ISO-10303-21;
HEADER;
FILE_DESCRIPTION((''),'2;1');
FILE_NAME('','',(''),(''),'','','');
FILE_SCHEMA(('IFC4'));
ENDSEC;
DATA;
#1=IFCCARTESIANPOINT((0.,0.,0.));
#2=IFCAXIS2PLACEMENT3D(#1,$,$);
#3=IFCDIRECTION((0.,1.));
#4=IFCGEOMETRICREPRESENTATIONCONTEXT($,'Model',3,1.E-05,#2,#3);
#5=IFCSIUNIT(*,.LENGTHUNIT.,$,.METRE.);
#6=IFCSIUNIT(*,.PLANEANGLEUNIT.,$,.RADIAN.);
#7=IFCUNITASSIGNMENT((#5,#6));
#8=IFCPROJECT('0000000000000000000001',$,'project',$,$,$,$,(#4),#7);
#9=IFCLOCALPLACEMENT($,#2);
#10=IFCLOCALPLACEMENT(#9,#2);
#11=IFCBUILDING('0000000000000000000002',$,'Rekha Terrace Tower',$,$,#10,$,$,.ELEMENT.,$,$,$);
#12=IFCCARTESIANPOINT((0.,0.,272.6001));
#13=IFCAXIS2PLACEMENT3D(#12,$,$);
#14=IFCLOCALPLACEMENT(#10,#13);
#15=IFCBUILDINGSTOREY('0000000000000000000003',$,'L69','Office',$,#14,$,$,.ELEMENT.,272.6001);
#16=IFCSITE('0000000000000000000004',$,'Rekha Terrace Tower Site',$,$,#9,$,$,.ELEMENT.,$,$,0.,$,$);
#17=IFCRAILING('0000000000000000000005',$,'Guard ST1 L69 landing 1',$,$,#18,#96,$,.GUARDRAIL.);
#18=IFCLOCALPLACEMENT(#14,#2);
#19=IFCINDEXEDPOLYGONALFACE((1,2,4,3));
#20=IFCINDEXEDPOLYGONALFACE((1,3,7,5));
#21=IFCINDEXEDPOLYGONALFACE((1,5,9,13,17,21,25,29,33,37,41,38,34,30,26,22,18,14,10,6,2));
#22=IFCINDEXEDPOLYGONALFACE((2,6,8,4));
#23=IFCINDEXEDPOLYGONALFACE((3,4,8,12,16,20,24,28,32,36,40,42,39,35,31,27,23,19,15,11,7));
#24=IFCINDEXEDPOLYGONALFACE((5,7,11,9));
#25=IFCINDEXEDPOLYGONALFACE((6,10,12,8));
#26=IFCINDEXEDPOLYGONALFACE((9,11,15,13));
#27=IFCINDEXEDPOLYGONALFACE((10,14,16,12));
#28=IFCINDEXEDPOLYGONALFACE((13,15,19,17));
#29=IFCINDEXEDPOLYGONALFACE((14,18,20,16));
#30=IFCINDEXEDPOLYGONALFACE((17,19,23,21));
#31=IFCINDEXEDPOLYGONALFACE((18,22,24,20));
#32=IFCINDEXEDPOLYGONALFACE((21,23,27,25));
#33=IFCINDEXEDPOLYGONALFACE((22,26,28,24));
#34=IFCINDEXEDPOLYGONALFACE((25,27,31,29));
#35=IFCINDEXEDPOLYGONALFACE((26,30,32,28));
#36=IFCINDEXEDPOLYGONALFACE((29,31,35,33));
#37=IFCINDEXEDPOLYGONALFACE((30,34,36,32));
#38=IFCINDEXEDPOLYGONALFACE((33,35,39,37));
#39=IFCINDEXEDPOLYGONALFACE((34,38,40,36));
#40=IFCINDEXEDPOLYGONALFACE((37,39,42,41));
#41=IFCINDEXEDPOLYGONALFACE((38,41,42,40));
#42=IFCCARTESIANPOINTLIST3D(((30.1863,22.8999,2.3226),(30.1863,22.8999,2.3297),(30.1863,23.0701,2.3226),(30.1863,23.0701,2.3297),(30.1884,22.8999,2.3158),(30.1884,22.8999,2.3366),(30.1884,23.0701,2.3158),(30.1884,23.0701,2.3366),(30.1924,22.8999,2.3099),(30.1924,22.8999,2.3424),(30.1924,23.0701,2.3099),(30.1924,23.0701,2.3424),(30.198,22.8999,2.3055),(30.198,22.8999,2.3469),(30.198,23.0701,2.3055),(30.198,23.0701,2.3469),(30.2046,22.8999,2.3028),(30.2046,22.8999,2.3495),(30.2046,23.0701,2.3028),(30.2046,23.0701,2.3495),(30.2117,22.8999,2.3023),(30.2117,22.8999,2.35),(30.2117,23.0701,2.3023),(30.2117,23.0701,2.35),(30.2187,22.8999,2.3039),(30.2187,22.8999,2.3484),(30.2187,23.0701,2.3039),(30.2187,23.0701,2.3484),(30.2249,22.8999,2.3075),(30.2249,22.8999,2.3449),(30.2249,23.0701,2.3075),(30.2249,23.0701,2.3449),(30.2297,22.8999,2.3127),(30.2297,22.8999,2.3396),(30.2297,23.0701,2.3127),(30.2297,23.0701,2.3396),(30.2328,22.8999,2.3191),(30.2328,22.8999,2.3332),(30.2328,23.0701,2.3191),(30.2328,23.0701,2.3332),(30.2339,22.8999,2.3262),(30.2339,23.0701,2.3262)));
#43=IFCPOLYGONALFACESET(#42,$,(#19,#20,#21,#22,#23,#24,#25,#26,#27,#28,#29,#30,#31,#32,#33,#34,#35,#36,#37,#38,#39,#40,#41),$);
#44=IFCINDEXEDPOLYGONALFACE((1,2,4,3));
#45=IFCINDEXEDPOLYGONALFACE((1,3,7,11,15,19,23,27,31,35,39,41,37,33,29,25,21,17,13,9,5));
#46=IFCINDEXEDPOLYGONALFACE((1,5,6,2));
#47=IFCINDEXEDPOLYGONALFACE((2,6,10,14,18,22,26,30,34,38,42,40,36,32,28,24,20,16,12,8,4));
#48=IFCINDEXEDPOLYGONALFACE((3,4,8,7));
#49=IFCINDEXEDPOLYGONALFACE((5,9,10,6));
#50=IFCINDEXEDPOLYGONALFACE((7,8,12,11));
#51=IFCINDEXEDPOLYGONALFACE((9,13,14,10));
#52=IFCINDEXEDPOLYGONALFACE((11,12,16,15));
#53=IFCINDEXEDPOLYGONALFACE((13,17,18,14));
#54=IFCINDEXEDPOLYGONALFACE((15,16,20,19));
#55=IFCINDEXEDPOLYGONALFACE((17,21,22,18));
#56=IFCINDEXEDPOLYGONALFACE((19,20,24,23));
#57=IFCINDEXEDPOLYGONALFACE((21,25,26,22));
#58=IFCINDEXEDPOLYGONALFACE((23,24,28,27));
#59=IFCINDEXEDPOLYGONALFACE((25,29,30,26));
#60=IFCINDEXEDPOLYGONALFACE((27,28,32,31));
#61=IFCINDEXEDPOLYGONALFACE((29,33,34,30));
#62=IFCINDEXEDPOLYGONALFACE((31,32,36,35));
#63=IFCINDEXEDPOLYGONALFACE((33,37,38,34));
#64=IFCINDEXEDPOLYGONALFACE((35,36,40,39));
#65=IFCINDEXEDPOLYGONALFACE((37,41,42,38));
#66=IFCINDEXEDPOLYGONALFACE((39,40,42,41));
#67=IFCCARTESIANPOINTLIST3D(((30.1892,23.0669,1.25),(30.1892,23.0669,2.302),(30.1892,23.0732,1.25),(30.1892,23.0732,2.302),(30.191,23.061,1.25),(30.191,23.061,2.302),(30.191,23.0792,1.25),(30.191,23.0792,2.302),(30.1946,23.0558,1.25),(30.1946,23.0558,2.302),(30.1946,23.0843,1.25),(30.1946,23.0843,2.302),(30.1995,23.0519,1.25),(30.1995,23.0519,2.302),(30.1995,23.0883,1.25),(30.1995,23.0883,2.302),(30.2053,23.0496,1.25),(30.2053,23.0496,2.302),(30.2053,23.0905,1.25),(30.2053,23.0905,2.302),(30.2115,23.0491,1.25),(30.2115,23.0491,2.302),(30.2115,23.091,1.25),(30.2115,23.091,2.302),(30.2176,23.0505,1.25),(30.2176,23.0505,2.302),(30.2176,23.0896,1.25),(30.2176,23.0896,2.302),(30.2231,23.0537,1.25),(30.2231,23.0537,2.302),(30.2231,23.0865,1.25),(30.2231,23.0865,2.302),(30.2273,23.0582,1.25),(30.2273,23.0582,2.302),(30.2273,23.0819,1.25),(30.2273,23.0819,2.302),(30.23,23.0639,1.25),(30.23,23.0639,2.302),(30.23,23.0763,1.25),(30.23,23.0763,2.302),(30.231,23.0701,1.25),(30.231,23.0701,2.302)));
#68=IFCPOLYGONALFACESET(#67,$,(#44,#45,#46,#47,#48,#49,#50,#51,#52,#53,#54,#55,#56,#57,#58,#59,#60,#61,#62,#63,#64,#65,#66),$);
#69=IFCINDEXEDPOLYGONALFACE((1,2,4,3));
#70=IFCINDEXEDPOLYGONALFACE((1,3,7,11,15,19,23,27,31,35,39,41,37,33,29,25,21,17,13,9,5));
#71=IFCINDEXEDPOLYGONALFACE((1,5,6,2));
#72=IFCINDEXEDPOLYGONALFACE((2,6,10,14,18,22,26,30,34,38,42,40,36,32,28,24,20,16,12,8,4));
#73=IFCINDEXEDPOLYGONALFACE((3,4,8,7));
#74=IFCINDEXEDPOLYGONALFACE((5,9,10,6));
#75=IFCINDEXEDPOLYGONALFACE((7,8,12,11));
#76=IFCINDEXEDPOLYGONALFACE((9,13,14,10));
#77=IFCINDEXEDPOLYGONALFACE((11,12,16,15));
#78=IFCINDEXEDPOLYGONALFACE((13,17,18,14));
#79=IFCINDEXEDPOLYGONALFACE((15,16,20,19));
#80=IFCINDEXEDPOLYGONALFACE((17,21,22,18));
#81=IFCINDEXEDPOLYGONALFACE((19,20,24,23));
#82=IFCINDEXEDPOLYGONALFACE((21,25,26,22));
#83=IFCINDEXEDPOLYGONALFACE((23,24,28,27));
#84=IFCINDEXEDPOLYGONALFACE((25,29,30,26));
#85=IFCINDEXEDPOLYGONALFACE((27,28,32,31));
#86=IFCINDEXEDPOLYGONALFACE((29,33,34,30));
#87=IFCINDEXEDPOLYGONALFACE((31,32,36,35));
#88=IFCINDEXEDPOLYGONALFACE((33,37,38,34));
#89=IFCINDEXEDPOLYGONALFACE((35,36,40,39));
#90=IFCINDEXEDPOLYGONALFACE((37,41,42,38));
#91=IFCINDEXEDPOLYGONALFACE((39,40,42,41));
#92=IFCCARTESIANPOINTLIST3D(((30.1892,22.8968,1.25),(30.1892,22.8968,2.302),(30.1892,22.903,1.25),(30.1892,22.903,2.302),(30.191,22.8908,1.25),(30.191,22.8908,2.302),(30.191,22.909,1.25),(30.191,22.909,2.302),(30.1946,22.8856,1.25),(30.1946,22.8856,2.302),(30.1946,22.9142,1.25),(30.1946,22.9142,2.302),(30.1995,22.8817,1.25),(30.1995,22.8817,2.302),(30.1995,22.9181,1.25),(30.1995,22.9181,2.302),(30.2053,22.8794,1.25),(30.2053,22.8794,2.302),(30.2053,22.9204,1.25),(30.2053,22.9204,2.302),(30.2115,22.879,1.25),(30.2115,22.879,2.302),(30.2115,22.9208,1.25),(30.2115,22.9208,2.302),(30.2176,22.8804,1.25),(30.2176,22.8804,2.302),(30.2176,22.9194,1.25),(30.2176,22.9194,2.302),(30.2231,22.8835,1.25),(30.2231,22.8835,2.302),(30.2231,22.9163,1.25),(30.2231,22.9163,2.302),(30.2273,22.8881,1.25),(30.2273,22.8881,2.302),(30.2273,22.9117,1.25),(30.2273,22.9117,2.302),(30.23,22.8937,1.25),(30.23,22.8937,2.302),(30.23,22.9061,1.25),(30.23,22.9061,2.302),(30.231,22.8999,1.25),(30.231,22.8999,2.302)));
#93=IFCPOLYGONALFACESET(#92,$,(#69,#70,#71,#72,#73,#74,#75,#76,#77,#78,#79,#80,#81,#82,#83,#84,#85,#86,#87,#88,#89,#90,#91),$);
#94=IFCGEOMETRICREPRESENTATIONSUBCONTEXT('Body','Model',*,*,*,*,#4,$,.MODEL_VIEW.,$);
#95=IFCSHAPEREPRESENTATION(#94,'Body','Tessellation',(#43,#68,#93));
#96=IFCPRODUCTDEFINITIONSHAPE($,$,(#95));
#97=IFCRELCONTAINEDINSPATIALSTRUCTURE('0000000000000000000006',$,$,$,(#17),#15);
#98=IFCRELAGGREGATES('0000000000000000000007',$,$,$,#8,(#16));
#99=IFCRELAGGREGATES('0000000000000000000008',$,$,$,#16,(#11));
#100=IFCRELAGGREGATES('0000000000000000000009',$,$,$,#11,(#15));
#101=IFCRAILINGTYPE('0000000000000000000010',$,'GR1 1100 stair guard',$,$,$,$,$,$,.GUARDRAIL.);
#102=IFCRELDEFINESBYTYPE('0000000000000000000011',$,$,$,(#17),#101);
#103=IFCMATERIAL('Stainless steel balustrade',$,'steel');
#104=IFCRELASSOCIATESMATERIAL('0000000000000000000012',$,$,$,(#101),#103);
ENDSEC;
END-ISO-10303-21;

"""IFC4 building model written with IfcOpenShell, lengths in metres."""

from ifc_helpers import new_model, si_unit, direction, frame, origin, origin_2d, place, context, subcontext, project, spatial, circle, extrude, material, type_object, element, save


model = new_model("IFC4")

# Units and contexts
model_context = context("Model", 3, precision=1e-05, world=origin(), true_north=direction((0.0, 1.0)))
body_context = subcontext(model_context, "Body", "Model", "MODEL_VIEW")
ifc_project = project(units=[si_unit("LENGTHUNIT", "METRE"), si_unit("PLANEANGLEUNIT", "RADIAN")], contexts=[model_context])

# Site, building, storey
site_placement = place(None, origin())
site = spatial("IfcSite", under=ifc_project, at=site_placement, Name="Rekha Terrace Tower Site", CompositionType="ELEMENT", RefElevation=0.0)
building_placement = place(site_placement, origin())
building = spatial("IfcBuilding", under=site, at=building_placement, Name="Rekha Terrace Tower", CompositionType="ELEMENT")
storey_placement = place(building_placement, frame((0.0, 0.0, 272.6001)))
storey = spatial("IfcBuildingStorey", under=building, at=storey_placement, Name="L69", Description="Office", CompositionType="ELEMENT", Elevation=272.6001)

# Railing
ifc_material_1 = material(Name="Stainless steel balustrade", Category="steel")
railing_type_1 = type_object("IfcRailingType", Name="GR1 1100 stair guard", PredefinedType="GUARDRAIL", material=ifc_material_1)
railing_1_placement = place(storey_placement, frame((30.21, 23.0701, 1.25)))
element("IfcRailing", 1, at=railing_1_placement, inside=storey, type_object=railing_type_1, Name="Guard ST1 L69 landing 1", PredefinedType="GUARDRAIL", context=body_context, shape_type="SweptSolid", body=[
    extrude(circle(Radius=0.0239, at=origin_2d()), frame((0.0, 0.0, 1.0762), z_axis=(0.0, -1.0, 0.0), x_axis=(1.0, 0.0, 0.0)), (0.0, 0.0, 1.0), 0.1702),
    extrude(circle(Radius=0.021, at=origin_2d()), origin(), (0.0, 0.0, 1.0), 1.052),
    extrude(circle(Radius=0.021, at=origin_2d()), frame((0.0, -0.1702, 0.0)), (0.0, 0.0, 1.0), 1.052),
])

save(model, "model.ifc")
